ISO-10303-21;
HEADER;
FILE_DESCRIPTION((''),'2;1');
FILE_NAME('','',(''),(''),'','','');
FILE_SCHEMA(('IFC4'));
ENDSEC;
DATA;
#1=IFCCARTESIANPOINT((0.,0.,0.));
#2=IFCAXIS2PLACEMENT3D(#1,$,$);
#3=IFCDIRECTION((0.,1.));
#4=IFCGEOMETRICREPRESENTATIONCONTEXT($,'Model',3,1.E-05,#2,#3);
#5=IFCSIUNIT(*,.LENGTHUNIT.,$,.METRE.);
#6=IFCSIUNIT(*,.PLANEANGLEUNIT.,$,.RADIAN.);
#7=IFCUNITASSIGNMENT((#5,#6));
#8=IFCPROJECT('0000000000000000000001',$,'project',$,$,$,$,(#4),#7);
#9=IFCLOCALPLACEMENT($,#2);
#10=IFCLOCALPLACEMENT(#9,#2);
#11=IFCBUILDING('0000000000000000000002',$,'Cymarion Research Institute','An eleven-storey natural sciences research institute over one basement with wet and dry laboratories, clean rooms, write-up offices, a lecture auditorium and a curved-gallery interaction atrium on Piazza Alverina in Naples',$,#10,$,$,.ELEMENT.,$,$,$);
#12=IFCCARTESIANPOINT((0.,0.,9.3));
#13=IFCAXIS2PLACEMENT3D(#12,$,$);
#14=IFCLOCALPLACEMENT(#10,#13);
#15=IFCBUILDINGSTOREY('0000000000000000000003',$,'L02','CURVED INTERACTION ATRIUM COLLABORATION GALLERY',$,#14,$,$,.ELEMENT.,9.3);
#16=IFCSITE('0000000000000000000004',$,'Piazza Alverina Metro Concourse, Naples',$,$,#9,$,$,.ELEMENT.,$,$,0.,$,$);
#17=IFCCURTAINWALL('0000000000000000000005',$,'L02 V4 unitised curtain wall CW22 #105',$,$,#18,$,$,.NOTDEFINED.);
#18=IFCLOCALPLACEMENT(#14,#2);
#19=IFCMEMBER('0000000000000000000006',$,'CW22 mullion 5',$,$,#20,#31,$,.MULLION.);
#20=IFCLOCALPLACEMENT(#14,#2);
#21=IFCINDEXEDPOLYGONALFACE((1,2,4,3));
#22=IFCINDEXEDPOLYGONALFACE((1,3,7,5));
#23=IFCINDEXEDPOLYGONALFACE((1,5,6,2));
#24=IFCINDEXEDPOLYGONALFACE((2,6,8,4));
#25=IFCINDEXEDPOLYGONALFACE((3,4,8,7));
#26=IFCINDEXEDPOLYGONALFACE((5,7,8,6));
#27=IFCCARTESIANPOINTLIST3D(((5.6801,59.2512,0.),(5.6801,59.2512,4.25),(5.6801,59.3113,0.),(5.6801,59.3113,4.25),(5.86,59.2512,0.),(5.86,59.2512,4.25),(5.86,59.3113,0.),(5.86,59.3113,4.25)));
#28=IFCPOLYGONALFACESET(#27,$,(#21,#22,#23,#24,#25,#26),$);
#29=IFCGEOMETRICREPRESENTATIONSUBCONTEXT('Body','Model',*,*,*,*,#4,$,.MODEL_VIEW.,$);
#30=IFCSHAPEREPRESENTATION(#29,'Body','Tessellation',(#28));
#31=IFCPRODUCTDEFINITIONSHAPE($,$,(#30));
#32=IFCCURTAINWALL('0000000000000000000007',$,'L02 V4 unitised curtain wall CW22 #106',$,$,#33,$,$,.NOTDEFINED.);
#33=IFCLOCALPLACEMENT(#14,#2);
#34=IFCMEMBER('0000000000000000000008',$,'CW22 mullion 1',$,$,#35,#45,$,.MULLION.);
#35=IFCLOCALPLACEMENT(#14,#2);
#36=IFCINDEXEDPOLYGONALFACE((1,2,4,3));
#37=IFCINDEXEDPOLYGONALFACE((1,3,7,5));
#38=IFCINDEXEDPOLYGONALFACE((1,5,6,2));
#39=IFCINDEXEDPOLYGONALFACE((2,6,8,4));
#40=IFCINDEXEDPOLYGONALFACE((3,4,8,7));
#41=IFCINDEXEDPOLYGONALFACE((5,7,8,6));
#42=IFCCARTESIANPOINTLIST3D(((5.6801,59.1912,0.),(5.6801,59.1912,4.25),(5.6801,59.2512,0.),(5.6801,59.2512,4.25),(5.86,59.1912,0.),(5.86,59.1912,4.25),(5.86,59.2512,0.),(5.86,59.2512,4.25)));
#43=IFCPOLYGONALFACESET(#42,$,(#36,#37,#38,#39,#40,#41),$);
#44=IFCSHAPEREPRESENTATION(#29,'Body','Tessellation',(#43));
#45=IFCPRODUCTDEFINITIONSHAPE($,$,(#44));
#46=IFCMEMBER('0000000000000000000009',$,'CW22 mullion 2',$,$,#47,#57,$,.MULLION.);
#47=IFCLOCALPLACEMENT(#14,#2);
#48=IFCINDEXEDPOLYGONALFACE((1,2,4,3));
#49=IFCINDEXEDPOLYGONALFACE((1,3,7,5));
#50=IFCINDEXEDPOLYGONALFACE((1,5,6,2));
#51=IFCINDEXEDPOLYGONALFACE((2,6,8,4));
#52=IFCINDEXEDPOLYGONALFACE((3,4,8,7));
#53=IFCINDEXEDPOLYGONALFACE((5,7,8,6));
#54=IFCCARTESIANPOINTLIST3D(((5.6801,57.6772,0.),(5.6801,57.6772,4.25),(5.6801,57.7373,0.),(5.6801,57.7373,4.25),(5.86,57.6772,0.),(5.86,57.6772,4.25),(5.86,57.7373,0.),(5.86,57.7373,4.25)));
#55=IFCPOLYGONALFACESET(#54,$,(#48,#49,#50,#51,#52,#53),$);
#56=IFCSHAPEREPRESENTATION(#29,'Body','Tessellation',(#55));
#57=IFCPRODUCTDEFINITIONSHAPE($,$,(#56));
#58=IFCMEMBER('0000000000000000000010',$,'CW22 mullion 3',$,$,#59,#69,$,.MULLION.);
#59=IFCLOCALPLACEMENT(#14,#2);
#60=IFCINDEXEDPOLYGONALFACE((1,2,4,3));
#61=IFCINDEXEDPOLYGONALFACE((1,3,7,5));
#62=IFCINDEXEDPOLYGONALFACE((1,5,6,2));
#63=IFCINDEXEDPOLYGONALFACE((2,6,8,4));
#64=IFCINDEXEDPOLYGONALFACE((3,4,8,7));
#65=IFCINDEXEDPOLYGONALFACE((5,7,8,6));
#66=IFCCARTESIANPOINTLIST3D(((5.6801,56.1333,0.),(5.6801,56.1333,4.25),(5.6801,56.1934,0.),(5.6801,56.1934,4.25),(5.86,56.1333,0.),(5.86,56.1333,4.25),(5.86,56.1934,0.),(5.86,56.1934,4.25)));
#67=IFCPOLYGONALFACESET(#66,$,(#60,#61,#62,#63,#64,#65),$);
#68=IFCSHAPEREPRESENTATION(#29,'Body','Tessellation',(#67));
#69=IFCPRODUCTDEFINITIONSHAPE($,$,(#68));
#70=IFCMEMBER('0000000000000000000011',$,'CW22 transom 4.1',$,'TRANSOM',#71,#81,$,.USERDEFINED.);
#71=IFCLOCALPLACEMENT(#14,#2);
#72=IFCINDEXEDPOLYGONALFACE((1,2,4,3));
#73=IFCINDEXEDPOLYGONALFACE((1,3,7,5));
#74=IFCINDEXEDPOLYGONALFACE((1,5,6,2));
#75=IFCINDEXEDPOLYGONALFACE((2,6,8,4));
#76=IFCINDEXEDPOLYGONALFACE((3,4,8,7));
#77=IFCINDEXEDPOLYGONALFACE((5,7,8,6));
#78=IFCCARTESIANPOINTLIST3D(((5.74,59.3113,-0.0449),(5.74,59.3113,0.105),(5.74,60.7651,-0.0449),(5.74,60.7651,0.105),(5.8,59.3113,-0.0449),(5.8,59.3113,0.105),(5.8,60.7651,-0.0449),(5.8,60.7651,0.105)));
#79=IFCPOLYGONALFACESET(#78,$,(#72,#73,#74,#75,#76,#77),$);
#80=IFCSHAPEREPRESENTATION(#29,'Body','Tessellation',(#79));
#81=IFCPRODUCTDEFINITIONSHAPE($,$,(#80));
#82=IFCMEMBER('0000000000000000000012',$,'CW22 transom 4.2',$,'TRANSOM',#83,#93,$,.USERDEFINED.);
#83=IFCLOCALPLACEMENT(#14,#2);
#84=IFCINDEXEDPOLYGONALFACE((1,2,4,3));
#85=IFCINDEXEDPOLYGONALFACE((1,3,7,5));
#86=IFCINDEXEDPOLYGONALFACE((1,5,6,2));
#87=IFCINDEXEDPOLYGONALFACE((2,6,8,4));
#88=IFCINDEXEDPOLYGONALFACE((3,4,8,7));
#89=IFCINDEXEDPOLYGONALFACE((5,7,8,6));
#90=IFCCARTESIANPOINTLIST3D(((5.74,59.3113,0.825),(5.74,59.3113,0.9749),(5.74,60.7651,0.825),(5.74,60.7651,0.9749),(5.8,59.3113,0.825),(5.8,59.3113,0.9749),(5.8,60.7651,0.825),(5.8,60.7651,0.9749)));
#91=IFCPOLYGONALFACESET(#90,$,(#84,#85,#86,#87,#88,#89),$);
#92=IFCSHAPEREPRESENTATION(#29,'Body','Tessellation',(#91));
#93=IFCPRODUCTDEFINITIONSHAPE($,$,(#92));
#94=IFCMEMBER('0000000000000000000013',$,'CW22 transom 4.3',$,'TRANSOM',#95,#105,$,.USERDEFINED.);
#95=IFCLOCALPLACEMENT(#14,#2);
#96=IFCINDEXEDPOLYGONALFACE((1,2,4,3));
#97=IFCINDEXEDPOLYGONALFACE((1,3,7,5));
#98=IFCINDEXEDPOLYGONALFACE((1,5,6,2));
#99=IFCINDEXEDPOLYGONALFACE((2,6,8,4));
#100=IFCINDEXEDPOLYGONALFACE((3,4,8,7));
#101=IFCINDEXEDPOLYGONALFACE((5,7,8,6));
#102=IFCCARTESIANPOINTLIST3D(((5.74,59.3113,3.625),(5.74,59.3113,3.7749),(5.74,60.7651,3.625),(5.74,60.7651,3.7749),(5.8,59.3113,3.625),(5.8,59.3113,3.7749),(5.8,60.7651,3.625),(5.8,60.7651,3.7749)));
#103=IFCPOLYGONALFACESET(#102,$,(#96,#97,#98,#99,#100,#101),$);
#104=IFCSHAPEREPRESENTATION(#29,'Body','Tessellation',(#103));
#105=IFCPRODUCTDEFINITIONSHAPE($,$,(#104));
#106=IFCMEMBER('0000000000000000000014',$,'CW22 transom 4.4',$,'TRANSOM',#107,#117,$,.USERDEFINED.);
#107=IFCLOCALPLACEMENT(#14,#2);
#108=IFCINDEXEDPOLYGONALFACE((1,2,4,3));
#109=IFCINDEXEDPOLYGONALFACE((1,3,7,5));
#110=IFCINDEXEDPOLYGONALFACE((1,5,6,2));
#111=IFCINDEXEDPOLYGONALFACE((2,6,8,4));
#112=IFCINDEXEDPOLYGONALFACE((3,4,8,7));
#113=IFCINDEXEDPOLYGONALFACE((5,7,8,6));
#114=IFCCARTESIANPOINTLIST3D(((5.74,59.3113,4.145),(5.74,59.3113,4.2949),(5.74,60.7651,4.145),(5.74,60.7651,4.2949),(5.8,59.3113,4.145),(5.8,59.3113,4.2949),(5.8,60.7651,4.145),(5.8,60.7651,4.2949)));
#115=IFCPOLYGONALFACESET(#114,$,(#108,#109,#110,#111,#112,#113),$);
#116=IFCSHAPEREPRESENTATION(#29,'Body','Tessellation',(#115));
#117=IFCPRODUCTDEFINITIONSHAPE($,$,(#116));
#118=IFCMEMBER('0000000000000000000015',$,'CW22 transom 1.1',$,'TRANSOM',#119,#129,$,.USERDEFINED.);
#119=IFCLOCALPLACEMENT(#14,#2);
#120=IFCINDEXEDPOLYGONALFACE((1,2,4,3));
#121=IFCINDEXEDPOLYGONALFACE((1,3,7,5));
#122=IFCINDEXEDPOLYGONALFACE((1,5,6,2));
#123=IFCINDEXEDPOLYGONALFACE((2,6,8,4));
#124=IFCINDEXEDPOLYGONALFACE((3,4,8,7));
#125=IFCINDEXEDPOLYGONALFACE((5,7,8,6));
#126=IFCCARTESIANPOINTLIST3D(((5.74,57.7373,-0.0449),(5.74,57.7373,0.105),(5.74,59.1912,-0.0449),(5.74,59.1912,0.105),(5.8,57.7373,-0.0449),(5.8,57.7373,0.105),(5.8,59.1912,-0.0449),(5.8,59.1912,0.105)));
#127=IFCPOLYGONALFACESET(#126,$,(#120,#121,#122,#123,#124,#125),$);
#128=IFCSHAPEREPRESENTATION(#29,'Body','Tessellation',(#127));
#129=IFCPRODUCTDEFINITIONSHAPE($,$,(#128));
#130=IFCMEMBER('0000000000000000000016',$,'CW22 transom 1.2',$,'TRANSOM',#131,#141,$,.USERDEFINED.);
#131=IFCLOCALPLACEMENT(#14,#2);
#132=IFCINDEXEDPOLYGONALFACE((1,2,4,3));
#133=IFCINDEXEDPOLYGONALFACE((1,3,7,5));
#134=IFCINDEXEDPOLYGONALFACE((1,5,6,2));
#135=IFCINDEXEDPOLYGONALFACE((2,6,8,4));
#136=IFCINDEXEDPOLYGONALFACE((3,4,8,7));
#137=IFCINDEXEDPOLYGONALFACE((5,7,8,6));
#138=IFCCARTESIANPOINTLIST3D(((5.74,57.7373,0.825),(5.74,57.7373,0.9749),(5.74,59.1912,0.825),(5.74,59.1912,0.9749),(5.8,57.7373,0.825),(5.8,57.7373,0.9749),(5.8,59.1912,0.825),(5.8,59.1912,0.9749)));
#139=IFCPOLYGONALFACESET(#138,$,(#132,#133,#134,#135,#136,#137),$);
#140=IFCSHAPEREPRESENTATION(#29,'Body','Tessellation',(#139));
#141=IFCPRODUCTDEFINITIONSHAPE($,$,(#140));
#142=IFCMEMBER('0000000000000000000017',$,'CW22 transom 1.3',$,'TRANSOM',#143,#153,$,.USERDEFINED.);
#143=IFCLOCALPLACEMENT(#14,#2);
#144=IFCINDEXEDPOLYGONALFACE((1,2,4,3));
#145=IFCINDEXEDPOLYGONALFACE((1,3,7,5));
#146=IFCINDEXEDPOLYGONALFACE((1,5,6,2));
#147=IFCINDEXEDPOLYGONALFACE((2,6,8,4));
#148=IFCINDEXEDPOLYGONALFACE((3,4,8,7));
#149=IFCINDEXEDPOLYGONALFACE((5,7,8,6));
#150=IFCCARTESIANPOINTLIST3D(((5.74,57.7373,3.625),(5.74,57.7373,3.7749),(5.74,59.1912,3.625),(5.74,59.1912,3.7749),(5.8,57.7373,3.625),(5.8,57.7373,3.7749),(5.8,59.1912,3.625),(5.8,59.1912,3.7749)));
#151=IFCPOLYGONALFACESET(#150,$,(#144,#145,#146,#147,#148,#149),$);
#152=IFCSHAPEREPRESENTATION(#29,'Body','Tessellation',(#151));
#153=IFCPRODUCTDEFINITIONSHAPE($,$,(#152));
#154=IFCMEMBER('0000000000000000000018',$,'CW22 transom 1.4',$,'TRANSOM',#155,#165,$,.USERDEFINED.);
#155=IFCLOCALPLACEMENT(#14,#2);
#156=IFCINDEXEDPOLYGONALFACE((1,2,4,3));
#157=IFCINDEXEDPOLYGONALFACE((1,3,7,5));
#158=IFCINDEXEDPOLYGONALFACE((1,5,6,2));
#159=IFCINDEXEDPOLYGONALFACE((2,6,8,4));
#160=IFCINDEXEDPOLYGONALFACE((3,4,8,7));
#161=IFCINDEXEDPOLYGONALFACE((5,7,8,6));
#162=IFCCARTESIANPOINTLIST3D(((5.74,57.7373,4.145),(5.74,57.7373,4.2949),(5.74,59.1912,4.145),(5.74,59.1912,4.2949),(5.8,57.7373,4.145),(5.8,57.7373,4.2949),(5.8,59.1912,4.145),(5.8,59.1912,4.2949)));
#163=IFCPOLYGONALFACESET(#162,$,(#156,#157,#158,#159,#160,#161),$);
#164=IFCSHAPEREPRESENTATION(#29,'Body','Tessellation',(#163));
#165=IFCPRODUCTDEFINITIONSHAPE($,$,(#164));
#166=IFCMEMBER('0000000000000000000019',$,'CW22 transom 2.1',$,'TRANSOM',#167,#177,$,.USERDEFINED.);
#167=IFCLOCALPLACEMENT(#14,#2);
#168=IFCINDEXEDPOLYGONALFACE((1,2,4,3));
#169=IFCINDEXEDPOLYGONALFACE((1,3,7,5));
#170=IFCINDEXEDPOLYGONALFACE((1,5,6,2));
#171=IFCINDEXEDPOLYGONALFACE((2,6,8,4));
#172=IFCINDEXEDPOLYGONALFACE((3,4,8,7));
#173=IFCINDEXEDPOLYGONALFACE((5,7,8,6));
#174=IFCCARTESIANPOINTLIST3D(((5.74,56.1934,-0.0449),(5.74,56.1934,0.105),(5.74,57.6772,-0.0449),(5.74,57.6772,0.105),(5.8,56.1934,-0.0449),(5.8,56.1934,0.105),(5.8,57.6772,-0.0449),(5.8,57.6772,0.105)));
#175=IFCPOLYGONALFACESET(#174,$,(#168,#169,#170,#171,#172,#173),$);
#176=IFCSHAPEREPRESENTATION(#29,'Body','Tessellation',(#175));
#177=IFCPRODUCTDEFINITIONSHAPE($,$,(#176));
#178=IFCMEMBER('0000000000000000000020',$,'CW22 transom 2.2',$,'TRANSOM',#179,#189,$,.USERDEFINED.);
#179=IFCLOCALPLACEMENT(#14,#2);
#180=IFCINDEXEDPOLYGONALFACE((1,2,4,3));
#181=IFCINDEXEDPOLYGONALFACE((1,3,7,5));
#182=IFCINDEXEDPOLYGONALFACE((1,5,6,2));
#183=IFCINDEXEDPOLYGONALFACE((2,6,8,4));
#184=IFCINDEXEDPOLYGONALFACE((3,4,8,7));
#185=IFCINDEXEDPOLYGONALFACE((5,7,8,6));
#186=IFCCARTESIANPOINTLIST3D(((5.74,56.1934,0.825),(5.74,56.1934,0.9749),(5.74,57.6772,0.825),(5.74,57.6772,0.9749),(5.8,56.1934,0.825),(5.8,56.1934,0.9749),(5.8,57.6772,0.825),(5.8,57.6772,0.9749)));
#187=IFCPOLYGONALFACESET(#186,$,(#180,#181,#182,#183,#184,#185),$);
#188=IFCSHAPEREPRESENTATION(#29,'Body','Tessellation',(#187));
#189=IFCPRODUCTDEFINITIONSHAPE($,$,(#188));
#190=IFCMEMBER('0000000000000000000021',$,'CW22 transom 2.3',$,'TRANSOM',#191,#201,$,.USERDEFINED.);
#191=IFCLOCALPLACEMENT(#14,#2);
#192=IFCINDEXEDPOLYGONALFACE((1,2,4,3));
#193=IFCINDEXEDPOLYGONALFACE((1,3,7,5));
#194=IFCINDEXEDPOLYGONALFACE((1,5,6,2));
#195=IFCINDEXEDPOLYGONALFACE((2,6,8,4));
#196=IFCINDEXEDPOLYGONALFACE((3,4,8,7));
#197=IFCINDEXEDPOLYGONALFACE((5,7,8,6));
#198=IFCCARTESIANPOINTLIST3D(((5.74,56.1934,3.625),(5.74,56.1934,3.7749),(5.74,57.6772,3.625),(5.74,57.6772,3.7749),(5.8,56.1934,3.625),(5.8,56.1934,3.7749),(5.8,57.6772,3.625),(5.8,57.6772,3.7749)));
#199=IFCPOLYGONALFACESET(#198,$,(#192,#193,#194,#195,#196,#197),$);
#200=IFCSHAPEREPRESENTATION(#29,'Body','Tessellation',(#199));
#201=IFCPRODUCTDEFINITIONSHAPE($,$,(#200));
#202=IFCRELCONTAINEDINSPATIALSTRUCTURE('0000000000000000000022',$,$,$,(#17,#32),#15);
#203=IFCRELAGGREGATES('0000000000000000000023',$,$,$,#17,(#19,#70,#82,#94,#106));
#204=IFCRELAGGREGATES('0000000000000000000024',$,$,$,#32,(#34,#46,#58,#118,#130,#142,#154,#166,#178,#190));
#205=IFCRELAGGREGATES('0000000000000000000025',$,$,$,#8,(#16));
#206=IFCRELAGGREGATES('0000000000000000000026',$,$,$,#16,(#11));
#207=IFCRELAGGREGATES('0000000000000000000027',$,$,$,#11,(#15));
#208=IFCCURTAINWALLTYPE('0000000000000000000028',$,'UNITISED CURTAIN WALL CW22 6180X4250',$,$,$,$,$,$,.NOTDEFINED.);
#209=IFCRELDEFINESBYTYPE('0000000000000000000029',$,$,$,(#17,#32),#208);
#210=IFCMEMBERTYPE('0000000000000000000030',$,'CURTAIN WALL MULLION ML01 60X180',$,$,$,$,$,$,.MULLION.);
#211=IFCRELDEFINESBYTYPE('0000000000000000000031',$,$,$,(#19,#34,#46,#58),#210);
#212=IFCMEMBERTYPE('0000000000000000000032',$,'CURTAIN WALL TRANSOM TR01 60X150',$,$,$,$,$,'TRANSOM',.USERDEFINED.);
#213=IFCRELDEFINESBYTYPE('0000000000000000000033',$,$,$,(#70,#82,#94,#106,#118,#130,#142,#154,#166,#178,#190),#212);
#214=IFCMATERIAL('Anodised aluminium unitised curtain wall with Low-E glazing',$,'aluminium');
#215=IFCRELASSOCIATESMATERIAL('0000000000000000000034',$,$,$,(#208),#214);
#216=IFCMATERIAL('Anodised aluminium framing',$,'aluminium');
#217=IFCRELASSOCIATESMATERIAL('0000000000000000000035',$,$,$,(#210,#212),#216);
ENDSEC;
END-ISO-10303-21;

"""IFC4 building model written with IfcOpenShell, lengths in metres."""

from ifc_helpers import new_model, si_unit, direction, frame, origin, origin_2d, place, context, subcontext, project, spatial, rectangle, extrude, material, material_profile, profile_set, type_object, element, aggregate, save


model = new_model("IFC4")

# Units and contexts
model_context = context("Model", 3, precision=1e-05, world=origin(), true_north=direction((0.0, 1.0)))
body_context = subcontext(model_context, "Body", "Model", "MODEL_VIEW")
ifc_project = project(units=[si_unit("LENGTHUNIT", "METRE"), si_unit("PLANEANGLEUNIT", "RADIAN")], contexts=[model_context])

# Site, building, storey
site_placement = place(None, origin())
site = spatial("IfcSite", under=ifc_project, at=site_placement, Name="Piazza Alverina Metro Concourse, Naples", CompositionType="ELEMENT", RefElevation=0.0)
building_placement = place(site_placement, origin())
building = spatial("IfcBuilding", under=site, at=building_placement, Name="Cymarion Research Institute", Description="An eleven-storey natural sciences research institute over one basement with wet and dry laboratories, clean rooms, write-up offices, a lecture auditorium and a curved-gallery interaction atrium on Piazza Alverina in Naples", CompositionType="ELEMENT")
storey_placement = place(building_placement, frame((0.0, 0.0, 9.3)))
storey = spatial("IfcBuildingStorey", under=building, at=storey_placement, Name="L02", Description="CURVED INTERACTION ATRIUM COLLABORATION GALLERY", CompositionType="ELEMENT", Elevation=9.3)

# Curtain wall, member
ifc_material_1 = material(Name="Anodised aluminium unitised curtain wall with Low-E glazing", Category="aluminium")
curtain_wall_type = type_object("IfcCurtainWallType", Name="UNITISED CURTAIN WALL CW22 6180X4250", PredefinedType="NOTDEFINED", material=ifc_material_1)
curtain_wall_1_placement = place(storey_placement, origin())
curtain_wall_1 = element("IfcCurtainWall", 1, at=curtain_wall_1_placement, inside=storey, type_object=curtain_wall_type, Name="L02 V4 unitised curtain wall CW22 #105", PredefinedType="NOTDEFINED")
ifc_material_2 = material(Name="Anodised aluminium framing", Category="aluminium")
ifc_material_profile_1 = material_profile(ifc_material_2, rectangle(XDim=0.0601, YDim=0.1799, at=origin_2d()), Name="ALU MULLION 60x180")
ifc_profile_set_1 = profile_set([ifc_material_profile_1], Name="Anodised aluminium framing")
member_type_1 = type_object("IfcMemberType", Name="CURTAIN WALL MULLION ML01 60X180", PredefinedType="MULLION", material=ifc_profile_set_1)
member_1_placement = place(storey_placement, frame((5.77, 59.2812, 0.0), z_axis=(0.0, 0.0, 1.0), x_axis=(0.0, -1.0, 0.0)))
member_1 = element("IfcMember", 2, at=member_1_placement, type_object=member_type_1, Name="CW22 mullion 5", PredefinedType="MULLION", context=body_context, shape_type="SweptSolid", body=[
    extrude(rectangle(XDim=0.0601, YDim=0.1799, at=origin_2d()), origin(), (0.0, 0.0, 1.0), 4.25),
])

# Curtain wall, members
curtain_wall_2_placement = place(storey_placement, origin())
curtain_wall_2 = element("IfcCurtainWall", 3, at=curtain_wall_2_placement, inside=storey, type_object=curtain_wall_type, Name="L02 V4 unitised curtain wall CW22 #106", PredefinedType="NOTDEFINED")
member_2_placement = place(storey_placement, frame((5.77, 59.2212, 0.0), z_axis=(0.0, 0.0, 1.0), x_axis=(0.0, -1.0, 0.0)))
member_2 = element("IfcMember", 4, at=member_2_placement, type_object=member_type_1, Name="CW22 mullion 1", PredefinedType="MULLION", context=body_context, shape_type="SweptSolid", body=[
    extrude(rectangle(XDim=0.0601, YDim=0.1799, at=origin_2d()), origin(), (0.0, 0.0, 1.0), 4.25),
])
member_3_placement = place(storey_placement, frame((5.77, 57.7073, 0.0), z_axis=(0.0, 0.0, 1.0), x_axis=(0.0, -1.0, 0.0)))
member_3 = element("IfcMember", 5, at=member_3_placement, type_object=member_type_1, Name="CW22 mullion 2", PredefinedType="MULLION", context=body_context, shape_type="SweptSolid", body=[
    extrude(rectangle(XDim=0.0601, YDim=0.1799, at=origin_2d()), origin(), (0.0, 0.0, 1.0), 4.25),
])
member_4_placement = place(storey_placement, frame((5.77, 56.1633, 0.0), z_axis=(0.0, 0.0, 1.0), x_axis=(0.0, -1.0, 0.0)))
member_4 = element("IfcMember", 6, at=member_4_placement, type_object=member_type_1, Name="CW22 mullion 3", PredefinedType="MULLION", context=body_context, shape_type="SweptSolid", body=[
    extrude(rectangle(XDim=0.0601, YDim=0.1799, at=origin_2d()), origin(), (0.0, 0.0, 1.0), 4.25),
])

# Members
ifc_material_profile_2 = material_profile(ifc_material_2, rectangle(XDim=0.0601, YDim=0.1499, at=origin_2d()), Name="ALU TRANSOM 60x150")
ifc_profile_set_2 = profile_set([ifc_material_profile_2], Name="Anodised aluminium framing")
member_type_2 = type_object("IfcMemberType", Name="CURTAIN WALL TRANSOM TR01 60X150", ElementType="TRANSOM", PredefinedType="USERDEFINED", material=ifc_profile_set_2)
member_5_placement = place(storey_placement, frame((5.77, 60.7651, 0.03), z_axis=(0.0, -1.0, 0.0), x_axis=(1.0, 0.0, 0.0)))
member_5 = element("IfcMember", 7, at=member_5_placement, type_object=member_type_2, Name="CW22 transom 4.1", ObjectType="TRANSOM", PredefinedType="USERDEFINED", context=body_context, shape_type="SweptSolid", body=[
    extrude(rectangle(XDim=0.0601, YDim=0.1499, at=origin_2d()), origin(), (0.0, 0.0, 1.0), 1.4539),
])
member_6_placement = place(storey_placement, frame((5.77, 60.7651, 0.8999), z_axis=(0.0, -1.0, 0.0), x_axis=(1.0, 0.0, 0.0)))
member_6 = element("IfcMember", 8, at=member_6_placement, type_object=member_type_2, Name="CW22 transom 4.2", ObjectType="TRANSOM", PredefinedType="USERDEFINED", context=body_context, shape_type="SweptSolid", body=[
    extrude(rectangle(XDim=0.0601, YDim=0.1499, at=origin_2d()), origin(), (0.0, 0.0, 1.0), 1.4539),
])
member_7_placement = place(storey_placement, frame((5.77, 60.7651, 3.7), z_axis=(0.0, -1.0, 0.0), x_axis=(1.0, 0.0, 0.0)))
member_7 = element("IfcMember", 9, at=member_7_placement, type_object=member_type_2, Name="CW22 transom 4.3", ObjectType="TRANSOM", PredefinedType="USERDEFINED", context=body_context, shape_type="SweptSolid", body=[
    extrude(rectangle(XDim=0.0601, YDim=0.1499, at=origin_2d()), origin(), (0.0, 0.0, 1.0), 1.4539),
])
member_8_placement = place(storey_placement, frame((5.77, 60.7651, 4.22), z_axis=(0.0, -1.0, 0.0), x_axis=(1.0, 0.0, 0.0)))
member_8 = element("IfcMember", 10, at=member_8_placement, type_object=member_type_2, Name="CW22 transom 4.4", ObjectType="TRANSOM", PredefinedType="USERDEFINED", context=body_context, shape_type="SweptSolid", body=[
    extrude(rectangle(XDim=0.0601, YDim=0.1499, at=origin_2d()), origin(), (0.0, 0.0, 1.0), 1.4539),
])
member_9_placement = place(storey_placement, frame((5.77, 59.1912, 0.03), z_axis=(0.0, -1.0, 0.0), x_axis=(1.0, 0.0, 0.0)))
member_9 = element("IfcMember", 11, at=member_9_placement, type_object=member_type_2, Name="CW22 transom 1.1", ObjectType="TRANSOM", PredefinedType="USERDEFINED", context=body_context, shape_type="SweptSolid", body=[
    extrude(rectangle(XDim=0.0601, YDim=0.1499, at=origin_2d()), origin(), (0.0, 0.0, 1.0), 1.4539),
])
member_10_placement = place(storey_placement, frame((5.77, 59.1912, 0.8999), z_axis=(0.0, -1.0, 0.0), x_axis=(1.0, 0.0, 0.0)))
member_10 = element("IfcMember", 12, at=member_10_placement, type_object=member_type_2, Name="CW22 transom 1.2", ObjectType="TRANSOM", PredefinedType="USERDEFINED", context=body_context, shape_type="SweptSolid", body=[
    extrude(rectangle(XDim=0.0601, YDim=0.1499, at=origin_2d()), origin(), (0.0, 0.0, 1.0), 1.4539),
])
member_11_placement = place(storey_placement, frame((5.77, 59.1912, 3.7), z_axis=(0.0, -1.0, 0.0), x_axis=(1.0, 0.0, 0.0)))
member_11 = element("IfcMember", 13, at=member_11_placement, type_object=member_type_2, Name="CW22 transom 1.3", ObjectType="TRANSOM", PredefinedType="USERDEFINED", context=body_context, shape_type="SweptSolid", body=[
    extrude(rectangle(XDim=0.0601, YDim=0.1499, at=origin_2d()), origin(), (0.0, 0.0, 1.0), 1.4539),
])
member_12_placement = place(storey_placement, frame((5.77, 59.1912, 4.22), z_axis=(0.0, -1.0, 0.0), x_axis=(1.0, 0.0, 0.0)))
member_12 = element("IfcMember", 14, at=member_12_placement, type_object=member_type_2, Name="CW22 transom 1.4", ObjectType="TRANSOM", PredefinedType="USERDEFINED", context=body_context, shape_type="SweptSolid", body=[
    extrude(rectangle(XDim=0.0601, YDim=0.1499, at=origin_2d()), origin(), (0.0, 0.0, 1.0), 1.4539),
])
member_13_placement = place(storey_placement, frame((5.77, 57.6772, 0.03), z_axis=(0.0, -1.0, 0.0), x_axis=(1.0, 0.0, 0.0)))
member_13 = element("IfcMember", 15, at=member_13_placement, type_object=member_type_2, Name="CW22 transom 2.1", ObjectType="TRANSOM", PredefinedType="USERDEFINED", context=body_context, shape_type="SweptSolid", body=[
    extrude(rectangle(XDim=0.0601, YDim=0.1499, at=origin_2d()), origin(), (0.0, 0.0, 1.0), 1.4839),
])
member_14_placement = place(storey_placement, frame((5.77, 57.6772, 0.8999), z_axis=(0.0, -1.0, 0.0), x_axis=(1.0, 0.0, 0.0)))
member_14 = element("IfcMember", 16, at=member_14_placement, type_object=member_type_2, Name="CW22 transom 2.2", ObjectType="TRANSOM", PredefinedType="USERDEFINED", context=body_context, shape_type="SweptSolid", body=[
    extrude(rectangle(XDim=0.0601, YDim=0.1499, at=origin_2d()), origin(), (0.0, 0.0, 1.0), 1.4839),
])
member_15_placement = place(storey_placement, frame((5.77, 57.6772, 3.7), z_axis=(0.0, -1.0, 0.0), x_axis=(1.0, 0.0, 0.0)))
member_15 = element("IfcMember", 17, at=member_15_placement, type_object=member_type_2, Name="CW22 transom 2.3", ObjectType="TRANSOM", PredefinedType="USERDEFINED", context=body_context, shape_type="SweptSolid", body=[
    extrude(rectangle(XDim=0.0601, YDim=0.1499, at=origin_2d()), origin(), (0.0, 0.0, 1.0), 1.4839),
])

aggregate(curtain_wall_1, [member_1, member_5, member_6, member_7, member_8])
aggregate(curtain_wall_2, [member_2, member_3, member_4, member_9, member_10, member_11, member_12, member_13, member_14, member_15])

save(model, "model.ifc")
